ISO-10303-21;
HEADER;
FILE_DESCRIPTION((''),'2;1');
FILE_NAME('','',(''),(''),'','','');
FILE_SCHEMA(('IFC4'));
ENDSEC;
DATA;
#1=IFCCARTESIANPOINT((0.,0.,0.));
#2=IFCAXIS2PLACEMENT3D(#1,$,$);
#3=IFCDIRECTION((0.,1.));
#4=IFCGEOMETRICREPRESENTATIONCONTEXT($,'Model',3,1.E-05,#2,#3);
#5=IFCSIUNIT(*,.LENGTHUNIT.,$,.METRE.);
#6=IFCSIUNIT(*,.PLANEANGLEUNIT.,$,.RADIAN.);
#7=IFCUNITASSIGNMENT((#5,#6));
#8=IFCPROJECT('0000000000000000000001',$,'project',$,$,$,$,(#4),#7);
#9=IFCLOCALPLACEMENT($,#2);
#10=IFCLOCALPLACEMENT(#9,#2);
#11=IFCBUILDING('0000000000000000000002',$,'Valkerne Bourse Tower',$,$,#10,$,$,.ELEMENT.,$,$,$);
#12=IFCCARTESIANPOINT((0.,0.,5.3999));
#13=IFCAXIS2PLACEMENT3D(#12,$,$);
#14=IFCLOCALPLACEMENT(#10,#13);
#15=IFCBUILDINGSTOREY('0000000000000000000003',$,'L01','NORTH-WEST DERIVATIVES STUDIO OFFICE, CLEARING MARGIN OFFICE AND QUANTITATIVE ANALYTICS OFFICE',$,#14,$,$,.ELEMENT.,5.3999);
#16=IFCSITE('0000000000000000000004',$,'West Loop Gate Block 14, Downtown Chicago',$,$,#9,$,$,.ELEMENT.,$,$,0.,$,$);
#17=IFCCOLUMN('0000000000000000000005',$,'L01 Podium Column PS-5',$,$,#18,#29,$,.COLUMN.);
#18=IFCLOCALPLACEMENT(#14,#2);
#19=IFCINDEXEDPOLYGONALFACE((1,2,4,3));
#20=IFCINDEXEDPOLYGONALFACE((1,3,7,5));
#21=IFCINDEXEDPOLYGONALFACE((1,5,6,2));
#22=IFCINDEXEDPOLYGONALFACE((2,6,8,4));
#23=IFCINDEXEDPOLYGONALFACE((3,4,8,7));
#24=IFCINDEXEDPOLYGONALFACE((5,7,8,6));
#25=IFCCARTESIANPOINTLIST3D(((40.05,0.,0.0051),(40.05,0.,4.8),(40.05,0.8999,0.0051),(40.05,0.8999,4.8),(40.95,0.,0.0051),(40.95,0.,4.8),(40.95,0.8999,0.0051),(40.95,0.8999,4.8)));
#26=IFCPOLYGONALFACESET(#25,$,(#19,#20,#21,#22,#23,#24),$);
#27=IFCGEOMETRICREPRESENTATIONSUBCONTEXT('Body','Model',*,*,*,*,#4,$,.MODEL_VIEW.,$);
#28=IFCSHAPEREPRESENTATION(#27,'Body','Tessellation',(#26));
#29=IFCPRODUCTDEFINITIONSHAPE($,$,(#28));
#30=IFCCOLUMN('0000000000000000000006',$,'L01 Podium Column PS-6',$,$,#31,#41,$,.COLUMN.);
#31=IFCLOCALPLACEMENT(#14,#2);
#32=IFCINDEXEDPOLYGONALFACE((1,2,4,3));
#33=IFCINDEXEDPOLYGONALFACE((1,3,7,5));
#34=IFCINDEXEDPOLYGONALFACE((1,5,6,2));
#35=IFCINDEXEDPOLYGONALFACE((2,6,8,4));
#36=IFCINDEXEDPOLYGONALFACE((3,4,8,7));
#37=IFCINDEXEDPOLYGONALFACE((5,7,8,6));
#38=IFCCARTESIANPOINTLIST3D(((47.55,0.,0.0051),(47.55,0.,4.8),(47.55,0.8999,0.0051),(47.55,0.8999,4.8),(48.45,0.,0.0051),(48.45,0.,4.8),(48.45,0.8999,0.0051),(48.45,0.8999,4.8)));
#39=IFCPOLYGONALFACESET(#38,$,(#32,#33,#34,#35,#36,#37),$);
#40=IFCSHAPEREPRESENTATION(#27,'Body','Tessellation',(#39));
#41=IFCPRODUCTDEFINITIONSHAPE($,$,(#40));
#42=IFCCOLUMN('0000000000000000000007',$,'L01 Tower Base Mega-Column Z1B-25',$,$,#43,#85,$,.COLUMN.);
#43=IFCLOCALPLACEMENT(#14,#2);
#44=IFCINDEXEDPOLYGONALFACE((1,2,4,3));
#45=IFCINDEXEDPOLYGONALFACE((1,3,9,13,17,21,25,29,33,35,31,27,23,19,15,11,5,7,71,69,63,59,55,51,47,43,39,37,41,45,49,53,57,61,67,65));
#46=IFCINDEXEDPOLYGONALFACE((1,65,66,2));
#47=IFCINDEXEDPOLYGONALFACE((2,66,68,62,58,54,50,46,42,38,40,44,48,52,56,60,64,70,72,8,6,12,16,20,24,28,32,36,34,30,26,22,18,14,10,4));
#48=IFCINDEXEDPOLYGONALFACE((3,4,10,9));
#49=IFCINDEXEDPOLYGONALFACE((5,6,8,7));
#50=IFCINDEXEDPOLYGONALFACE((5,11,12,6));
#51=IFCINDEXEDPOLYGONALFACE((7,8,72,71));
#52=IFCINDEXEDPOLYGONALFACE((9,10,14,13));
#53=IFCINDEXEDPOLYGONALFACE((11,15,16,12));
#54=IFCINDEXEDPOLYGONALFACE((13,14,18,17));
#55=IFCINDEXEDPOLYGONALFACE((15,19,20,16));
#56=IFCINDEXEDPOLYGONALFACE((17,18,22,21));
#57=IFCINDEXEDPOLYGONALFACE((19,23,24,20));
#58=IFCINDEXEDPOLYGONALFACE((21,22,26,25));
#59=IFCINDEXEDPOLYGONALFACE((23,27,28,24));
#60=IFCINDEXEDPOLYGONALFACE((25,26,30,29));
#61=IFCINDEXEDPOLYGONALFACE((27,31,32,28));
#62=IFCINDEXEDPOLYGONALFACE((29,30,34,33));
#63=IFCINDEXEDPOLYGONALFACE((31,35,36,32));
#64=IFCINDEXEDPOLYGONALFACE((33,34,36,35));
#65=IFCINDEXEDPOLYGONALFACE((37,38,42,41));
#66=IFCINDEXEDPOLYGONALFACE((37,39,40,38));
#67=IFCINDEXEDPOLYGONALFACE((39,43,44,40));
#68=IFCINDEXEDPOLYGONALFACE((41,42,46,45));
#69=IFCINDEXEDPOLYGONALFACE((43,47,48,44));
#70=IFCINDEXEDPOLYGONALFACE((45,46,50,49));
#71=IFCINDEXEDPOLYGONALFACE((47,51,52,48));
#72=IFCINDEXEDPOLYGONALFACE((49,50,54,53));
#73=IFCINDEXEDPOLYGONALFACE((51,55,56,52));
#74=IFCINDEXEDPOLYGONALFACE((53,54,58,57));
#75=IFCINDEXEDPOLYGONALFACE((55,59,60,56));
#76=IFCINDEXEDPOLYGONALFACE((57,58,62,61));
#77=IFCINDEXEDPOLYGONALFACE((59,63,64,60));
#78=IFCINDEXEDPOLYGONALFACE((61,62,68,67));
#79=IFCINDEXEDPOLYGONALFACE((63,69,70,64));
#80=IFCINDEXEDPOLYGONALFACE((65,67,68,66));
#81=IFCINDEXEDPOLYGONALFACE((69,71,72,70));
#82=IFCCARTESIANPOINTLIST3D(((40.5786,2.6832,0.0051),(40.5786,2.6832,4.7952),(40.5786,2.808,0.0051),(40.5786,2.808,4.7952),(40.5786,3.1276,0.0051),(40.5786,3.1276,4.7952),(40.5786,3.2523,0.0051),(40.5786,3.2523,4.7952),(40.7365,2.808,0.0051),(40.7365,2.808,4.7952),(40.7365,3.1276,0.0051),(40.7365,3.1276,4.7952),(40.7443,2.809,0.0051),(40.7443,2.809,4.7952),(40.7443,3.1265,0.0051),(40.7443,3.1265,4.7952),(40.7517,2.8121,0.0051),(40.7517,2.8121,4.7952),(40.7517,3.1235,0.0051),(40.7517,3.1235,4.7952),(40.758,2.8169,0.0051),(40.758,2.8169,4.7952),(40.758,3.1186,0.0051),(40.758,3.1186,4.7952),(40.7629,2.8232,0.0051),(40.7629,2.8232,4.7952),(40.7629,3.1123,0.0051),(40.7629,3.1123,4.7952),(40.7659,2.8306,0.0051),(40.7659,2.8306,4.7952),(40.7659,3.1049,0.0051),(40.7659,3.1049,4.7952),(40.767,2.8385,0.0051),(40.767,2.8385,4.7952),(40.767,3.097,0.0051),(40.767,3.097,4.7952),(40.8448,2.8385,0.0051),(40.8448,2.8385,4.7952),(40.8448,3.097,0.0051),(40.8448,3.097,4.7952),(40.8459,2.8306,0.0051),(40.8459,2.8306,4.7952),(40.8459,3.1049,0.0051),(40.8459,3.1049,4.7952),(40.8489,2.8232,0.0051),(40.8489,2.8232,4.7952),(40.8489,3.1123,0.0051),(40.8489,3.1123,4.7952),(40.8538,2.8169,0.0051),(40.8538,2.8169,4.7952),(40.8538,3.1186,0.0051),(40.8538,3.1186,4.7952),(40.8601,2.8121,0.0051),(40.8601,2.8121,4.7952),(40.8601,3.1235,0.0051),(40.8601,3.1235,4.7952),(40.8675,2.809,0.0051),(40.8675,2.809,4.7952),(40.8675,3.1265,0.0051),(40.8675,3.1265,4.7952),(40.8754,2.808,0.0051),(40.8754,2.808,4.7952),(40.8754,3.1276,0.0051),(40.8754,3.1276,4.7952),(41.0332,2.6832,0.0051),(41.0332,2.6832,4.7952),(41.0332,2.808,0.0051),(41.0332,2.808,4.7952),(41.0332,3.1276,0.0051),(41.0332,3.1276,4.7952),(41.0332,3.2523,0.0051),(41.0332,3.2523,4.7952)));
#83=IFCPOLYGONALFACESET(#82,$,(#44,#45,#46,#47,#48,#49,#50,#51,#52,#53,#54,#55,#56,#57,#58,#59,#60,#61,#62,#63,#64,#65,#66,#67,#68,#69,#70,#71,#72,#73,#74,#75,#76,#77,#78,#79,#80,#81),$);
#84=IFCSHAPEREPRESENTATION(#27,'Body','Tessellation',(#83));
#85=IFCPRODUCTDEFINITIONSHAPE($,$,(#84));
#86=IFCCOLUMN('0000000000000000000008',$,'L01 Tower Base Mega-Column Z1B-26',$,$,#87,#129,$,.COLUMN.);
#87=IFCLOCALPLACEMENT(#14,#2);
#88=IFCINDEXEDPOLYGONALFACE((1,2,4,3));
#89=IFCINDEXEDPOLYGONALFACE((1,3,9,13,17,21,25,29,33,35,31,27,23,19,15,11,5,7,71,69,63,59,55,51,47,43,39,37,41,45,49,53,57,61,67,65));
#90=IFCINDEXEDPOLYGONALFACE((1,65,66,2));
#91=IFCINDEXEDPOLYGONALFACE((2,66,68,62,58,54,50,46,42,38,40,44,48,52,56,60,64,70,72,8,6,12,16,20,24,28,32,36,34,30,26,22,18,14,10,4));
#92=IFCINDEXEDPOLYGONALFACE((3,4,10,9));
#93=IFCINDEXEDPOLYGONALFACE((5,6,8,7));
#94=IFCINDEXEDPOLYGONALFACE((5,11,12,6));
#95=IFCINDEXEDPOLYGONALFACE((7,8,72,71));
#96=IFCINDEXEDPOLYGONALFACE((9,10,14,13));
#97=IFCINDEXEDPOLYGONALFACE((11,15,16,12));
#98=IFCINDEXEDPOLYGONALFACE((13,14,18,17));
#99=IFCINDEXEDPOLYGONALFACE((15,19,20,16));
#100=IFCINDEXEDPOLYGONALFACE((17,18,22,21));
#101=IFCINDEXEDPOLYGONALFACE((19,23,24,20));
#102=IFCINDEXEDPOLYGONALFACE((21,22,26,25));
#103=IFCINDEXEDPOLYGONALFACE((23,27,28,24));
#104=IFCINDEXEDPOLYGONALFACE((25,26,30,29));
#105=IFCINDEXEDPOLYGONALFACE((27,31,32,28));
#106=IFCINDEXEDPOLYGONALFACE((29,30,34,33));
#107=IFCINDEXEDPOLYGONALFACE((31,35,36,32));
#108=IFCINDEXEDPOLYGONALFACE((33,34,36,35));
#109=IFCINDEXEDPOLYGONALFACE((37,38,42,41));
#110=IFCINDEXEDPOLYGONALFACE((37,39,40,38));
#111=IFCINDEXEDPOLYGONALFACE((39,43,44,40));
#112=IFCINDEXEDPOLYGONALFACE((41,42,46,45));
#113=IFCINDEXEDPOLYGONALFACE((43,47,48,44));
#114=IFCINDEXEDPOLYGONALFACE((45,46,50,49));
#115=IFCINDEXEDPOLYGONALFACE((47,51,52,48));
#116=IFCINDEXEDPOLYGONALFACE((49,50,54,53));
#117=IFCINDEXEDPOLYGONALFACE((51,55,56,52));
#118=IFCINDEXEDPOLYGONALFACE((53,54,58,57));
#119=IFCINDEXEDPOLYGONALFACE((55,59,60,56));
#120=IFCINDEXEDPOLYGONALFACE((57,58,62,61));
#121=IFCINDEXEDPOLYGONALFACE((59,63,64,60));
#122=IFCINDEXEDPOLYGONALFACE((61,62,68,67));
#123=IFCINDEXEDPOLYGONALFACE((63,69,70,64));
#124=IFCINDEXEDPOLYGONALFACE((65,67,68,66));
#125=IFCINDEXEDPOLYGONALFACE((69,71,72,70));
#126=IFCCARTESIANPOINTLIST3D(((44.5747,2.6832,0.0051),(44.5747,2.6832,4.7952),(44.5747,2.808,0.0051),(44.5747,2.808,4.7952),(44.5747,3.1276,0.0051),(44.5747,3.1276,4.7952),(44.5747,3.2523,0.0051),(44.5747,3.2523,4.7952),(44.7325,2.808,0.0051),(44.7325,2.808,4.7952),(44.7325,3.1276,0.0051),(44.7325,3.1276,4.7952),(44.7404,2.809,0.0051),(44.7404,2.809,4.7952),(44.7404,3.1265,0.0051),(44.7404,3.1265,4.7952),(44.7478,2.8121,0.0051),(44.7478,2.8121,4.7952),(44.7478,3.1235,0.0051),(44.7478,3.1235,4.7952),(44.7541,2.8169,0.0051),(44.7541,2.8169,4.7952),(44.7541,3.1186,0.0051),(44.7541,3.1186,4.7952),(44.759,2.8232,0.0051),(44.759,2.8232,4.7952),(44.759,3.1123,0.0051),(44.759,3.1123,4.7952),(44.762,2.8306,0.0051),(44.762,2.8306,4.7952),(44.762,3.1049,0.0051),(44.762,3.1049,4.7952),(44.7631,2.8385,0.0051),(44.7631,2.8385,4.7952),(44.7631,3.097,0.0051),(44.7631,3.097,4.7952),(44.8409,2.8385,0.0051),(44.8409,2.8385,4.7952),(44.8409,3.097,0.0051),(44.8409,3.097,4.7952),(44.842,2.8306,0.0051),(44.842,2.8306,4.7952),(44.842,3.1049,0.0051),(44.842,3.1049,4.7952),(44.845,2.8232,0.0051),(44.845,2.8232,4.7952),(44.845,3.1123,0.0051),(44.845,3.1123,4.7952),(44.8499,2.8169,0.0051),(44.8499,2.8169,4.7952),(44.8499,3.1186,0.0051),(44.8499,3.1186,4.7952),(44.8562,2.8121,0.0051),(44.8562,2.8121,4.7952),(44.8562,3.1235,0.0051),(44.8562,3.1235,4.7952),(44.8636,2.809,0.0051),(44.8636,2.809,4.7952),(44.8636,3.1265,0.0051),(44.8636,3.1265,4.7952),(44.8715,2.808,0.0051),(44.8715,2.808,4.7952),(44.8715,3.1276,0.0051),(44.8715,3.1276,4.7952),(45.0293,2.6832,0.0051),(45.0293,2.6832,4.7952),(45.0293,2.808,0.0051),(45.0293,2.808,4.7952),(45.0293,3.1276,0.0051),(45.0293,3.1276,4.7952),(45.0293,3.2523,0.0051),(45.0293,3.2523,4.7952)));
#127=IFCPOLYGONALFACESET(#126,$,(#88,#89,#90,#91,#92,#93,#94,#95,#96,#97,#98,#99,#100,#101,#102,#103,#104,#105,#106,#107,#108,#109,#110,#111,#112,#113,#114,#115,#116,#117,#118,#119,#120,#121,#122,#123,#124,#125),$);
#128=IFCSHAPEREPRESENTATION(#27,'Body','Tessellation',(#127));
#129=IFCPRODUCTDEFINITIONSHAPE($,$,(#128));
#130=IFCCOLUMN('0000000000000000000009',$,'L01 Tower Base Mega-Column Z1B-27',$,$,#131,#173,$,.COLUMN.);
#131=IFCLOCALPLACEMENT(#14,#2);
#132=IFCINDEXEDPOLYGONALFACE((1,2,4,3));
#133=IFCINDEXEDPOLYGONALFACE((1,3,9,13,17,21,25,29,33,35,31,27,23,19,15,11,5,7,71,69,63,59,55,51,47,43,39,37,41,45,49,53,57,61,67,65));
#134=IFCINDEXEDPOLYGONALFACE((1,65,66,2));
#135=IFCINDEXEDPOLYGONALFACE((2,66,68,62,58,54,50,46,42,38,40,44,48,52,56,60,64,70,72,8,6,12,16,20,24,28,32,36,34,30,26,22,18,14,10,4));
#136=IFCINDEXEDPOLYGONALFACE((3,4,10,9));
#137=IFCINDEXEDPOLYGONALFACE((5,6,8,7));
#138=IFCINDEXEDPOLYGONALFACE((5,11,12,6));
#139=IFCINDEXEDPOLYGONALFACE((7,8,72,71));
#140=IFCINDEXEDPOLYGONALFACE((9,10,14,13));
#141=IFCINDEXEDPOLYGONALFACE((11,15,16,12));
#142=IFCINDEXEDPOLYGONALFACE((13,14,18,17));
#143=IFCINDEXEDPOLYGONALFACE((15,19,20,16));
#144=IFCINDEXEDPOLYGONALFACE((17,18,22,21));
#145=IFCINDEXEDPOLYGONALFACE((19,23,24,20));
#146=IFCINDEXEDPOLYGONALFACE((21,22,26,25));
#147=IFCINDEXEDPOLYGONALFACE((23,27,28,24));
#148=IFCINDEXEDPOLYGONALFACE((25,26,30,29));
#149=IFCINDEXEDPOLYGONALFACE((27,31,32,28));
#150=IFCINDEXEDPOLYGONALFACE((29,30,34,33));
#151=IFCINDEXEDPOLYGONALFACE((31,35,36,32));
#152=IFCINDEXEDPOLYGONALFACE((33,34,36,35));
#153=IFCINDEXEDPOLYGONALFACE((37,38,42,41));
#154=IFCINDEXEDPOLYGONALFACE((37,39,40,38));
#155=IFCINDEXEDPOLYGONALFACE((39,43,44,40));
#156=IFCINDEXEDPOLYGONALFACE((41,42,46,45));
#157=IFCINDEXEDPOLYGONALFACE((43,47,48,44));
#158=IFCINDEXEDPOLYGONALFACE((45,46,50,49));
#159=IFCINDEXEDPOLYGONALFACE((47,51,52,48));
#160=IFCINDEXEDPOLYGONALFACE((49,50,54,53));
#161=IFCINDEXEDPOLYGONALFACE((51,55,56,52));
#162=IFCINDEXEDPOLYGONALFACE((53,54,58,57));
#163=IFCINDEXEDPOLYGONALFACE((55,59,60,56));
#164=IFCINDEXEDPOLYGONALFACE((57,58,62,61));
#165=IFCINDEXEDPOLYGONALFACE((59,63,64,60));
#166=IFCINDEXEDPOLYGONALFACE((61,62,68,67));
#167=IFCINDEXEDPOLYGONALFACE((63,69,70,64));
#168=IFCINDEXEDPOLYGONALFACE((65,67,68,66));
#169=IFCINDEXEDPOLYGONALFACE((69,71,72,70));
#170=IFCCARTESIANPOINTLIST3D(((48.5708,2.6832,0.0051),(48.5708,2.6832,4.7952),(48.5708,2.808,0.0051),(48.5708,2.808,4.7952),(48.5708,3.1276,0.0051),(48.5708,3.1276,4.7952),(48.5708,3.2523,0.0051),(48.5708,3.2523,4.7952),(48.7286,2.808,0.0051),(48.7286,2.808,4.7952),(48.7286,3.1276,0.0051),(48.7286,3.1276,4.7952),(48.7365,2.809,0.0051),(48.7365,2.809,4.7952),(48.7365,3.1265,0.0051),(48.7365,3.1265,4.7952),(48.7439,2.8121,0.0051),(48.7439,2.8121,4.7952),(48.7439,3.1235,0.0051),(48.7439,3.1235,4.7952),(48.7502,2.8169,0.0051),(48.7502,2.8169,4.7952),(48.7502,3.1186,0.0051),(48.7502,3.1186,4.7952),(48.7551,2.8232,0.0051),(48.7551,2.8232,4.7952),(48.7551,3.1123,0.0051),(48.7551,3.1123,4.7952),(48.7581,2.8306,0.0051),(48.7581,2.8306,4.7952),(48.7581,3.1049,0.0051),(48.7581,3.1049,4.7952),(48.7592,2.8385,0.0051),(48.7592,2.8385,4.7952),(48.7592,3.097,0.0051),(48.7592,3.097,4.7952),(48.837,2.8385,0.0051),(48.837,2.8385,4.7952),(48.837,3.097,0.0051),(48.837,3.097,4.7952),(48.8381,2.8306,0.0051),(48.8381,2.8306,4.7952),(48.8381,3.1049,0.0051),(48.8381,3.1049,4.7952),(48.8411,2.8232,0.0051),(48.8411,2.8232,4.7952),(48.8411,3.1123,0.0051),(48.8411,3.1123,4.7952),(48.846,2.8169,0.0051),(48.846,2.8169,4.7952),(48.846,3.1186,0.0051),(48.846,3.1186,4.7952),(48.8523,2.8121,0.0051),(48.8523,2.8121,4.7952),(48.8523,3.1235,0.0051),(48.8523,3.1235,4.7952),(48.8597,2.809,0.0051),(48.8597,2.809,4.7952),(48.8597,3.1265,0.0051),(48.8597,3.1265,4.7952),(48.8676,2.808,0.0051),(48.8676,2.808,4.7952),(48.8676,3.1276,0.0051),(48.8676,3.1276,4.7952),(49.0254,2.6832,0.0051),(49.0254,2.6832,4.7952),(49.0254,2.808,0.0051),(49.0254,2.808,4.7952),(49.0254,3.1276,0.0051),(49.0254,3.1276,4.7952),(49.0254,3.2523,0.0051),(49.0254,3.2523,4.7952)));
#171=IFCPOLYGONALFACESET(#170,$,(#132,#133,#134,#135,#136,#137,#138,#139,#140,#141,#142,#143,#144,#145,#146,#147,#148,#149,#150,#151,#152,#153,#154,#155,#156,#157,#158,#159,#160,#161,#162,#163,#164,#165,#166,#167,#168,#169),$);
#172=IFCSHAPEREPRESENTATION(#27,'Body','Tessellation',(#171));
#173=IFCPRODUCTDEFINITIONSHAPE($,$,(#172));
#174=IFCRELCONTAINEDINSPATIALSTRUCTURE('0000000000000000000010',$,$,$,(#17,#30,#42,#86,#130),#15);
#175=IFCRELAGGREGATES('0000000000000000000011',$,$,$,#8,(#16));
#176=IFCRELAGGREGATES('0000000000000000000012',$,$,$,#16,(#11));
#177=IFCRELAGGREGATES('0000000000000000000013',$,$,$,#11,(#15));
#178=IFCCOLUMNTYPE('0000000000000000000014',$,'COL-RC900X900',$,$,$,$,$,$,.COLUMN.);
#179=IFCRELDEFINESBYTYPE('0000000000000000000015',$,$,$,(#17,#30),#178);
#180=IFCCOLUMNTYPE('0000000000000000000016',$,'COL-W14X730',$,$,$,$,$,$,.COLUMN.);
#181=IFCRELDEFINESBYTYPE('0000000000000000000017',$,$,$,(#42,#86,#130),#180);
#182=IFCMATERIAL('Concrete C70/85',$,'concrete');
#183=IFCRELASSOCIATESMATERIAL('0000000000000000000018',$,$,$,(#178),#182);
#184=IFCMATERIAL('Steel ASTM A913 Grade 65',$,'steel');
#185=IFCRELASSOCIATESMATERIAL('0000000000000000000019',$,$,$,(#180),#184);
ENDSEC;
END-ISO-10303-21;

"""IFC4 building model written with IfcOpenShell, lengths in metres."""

from ifc_helpers import new_model, si_unit, direction, frame, origin, origin_2d, place, context, subcontext, project, spatial, rectangle, i_section, extrude, material, material_profile, profile_set, type_object, element, save


model = new_model("IFC4")

# Units and contexts
model_context = context("Model", 3, precision=1e-05, world=origin(), true_north=direction((0.0, 1.0)))
body_context = subcontext(model_context, "Body", "Model", "MODEL_VIEW")
ifc_project = project(units=[si_unit("LENGTHUNIT", "METRE"), si_unit("PLANEANGLEUNIT", "RADIAN")], contexts=[model_context])

# Site, building, storey
site_placement = place(None, origin())
site = spatial("IfcSite", under=ifc_project, at=site_placement, Name="West Loop Gate Block 14, Downtown Chicago", CompositionType="ELEMENT", RefElevation=0.0)
building_placement = place(site_placement, origin())
building = spatial("IfcBuilding", under=site, at=building_placement, Name="Valkerne Bourse Tower", CompositionType="ELEMENT")
storey_placement = place(building_placement, frame((0.0, 0.0, 5.3999)))
storey = spatial("IfcBuildingStorey", under=building, at=storey_placement, Name="L01", Description="NORTH-WEST DERIVATIVES STUDIO OFFICE, CLEARING MARGIN OFFICE AND QUANTITATIVE ANALYTICS OFFICE", CompositionType="ELEMENT", Elevation=5.3999)

# Columns
ifc_material_1 = material(Name="Concrete C70/85", Category="concrete")
ifc_material_profile_1 = material_profile(ifc_material_1, rectangle(XDim=0.8999, YDim=0.8999, at=origin_2d()), Name="RC900X900")
ifc_profile_set_1 = profile_set([ifc_material_profile_1], Name="Concrete C70/85")
column_type_1 = type_object("IfcColumnType", Name="COL-RC900X900", PredefinedType="COLUMN", material=ifc_profile_set_1)
for number, where, z_axis, x_axis, name in (
    (1, (40.5, 0.45, 0.0051), (0.0, 0.0, 1.0), (1.0, 0.0, 0.0), "L01 Podium Column PS-5"),
    (2, (48.0, 0.45, 0.0051), (0.0, 0.0, 1.0), (1.0, 0.0, 0.0), "L01 Podium Column PS-6"),
):
    element("IfcColumn", number, at=place(storey_placement, frame(where, z_axis=z_axis, x_axis=x_axis)), inside=storey, type_object=column_type_1, Name=name, PredefinedType="COLUMN", context=body_context, shape_type="SweptSolid", body=[
        extrude(rectangle(XDim=0.8999, YDim=0.8999, at=origin_2d()), origin(), (0.0, 0.0, 1.0), 4.7949),
    ])
ifc_material_2 = material(Name="Steel ASTM A913 Grade 65", Category="steel")
ifc_material_profile_2 = material_profile(ifc_material_2, i_section(OverallWidth=0.4546, OverallDepth=0.5691, WebThickness=0.0779, FlangeThickness=0.1248, FilletRadius=0.0305, at=origin_2d()), Name="W14X730")
ifc_profile_set_2 = profile_set([ifc_material_profile_2], Name="Steel ASTM A913 Grade 65")
column_type_2 = type_object("IfcColumnType", Name="COL-W14X730", PredefinedType="COLUMN", material=ifc_profile_set_2)
for number, where, z_axis, x_axis, name in (
    (3, (40.8059, 2.9678, 0.0051), (0.0, 0.0, 1.0), (1.0, 0.0, 0.0), "L01 Tower Base Mega-Column Z1B-25"),
    (4, (44.802, 2.9678, 0.0051), (0.0, 0.0, 1.0), (1.0, 0.0, 0.0), "L01 Tower Base Mega-Column Z1B-26"),
    (5, (48.7981, 2.9678, 0.0051), (0.0, 0.0, 1.0), (1.0, 0.0, 0.0), "L01 Tower Base Mega-Column Z1B-27"),
):
    element("IfcColumn", number, at=place(storey_placement, frame(where, z_axis=z_axis, x_axis=x_axis)), inside=storey, type_object=column_type_2, Name=name, PredefinedType="COLUMN", context=body_context, shape_type="SweptSolid", body=[
        extrude(i_section(OverallWidth=0.4546, OverallDepth=0.5691, WebThickness=0.0779, FlangeThickness=0.1248, FilletRadius=0.0305, at=origin_2d()), origin(), (0.0, 0.0, 1.0), 4.79),
    ])

save(model, "model.ifc")
